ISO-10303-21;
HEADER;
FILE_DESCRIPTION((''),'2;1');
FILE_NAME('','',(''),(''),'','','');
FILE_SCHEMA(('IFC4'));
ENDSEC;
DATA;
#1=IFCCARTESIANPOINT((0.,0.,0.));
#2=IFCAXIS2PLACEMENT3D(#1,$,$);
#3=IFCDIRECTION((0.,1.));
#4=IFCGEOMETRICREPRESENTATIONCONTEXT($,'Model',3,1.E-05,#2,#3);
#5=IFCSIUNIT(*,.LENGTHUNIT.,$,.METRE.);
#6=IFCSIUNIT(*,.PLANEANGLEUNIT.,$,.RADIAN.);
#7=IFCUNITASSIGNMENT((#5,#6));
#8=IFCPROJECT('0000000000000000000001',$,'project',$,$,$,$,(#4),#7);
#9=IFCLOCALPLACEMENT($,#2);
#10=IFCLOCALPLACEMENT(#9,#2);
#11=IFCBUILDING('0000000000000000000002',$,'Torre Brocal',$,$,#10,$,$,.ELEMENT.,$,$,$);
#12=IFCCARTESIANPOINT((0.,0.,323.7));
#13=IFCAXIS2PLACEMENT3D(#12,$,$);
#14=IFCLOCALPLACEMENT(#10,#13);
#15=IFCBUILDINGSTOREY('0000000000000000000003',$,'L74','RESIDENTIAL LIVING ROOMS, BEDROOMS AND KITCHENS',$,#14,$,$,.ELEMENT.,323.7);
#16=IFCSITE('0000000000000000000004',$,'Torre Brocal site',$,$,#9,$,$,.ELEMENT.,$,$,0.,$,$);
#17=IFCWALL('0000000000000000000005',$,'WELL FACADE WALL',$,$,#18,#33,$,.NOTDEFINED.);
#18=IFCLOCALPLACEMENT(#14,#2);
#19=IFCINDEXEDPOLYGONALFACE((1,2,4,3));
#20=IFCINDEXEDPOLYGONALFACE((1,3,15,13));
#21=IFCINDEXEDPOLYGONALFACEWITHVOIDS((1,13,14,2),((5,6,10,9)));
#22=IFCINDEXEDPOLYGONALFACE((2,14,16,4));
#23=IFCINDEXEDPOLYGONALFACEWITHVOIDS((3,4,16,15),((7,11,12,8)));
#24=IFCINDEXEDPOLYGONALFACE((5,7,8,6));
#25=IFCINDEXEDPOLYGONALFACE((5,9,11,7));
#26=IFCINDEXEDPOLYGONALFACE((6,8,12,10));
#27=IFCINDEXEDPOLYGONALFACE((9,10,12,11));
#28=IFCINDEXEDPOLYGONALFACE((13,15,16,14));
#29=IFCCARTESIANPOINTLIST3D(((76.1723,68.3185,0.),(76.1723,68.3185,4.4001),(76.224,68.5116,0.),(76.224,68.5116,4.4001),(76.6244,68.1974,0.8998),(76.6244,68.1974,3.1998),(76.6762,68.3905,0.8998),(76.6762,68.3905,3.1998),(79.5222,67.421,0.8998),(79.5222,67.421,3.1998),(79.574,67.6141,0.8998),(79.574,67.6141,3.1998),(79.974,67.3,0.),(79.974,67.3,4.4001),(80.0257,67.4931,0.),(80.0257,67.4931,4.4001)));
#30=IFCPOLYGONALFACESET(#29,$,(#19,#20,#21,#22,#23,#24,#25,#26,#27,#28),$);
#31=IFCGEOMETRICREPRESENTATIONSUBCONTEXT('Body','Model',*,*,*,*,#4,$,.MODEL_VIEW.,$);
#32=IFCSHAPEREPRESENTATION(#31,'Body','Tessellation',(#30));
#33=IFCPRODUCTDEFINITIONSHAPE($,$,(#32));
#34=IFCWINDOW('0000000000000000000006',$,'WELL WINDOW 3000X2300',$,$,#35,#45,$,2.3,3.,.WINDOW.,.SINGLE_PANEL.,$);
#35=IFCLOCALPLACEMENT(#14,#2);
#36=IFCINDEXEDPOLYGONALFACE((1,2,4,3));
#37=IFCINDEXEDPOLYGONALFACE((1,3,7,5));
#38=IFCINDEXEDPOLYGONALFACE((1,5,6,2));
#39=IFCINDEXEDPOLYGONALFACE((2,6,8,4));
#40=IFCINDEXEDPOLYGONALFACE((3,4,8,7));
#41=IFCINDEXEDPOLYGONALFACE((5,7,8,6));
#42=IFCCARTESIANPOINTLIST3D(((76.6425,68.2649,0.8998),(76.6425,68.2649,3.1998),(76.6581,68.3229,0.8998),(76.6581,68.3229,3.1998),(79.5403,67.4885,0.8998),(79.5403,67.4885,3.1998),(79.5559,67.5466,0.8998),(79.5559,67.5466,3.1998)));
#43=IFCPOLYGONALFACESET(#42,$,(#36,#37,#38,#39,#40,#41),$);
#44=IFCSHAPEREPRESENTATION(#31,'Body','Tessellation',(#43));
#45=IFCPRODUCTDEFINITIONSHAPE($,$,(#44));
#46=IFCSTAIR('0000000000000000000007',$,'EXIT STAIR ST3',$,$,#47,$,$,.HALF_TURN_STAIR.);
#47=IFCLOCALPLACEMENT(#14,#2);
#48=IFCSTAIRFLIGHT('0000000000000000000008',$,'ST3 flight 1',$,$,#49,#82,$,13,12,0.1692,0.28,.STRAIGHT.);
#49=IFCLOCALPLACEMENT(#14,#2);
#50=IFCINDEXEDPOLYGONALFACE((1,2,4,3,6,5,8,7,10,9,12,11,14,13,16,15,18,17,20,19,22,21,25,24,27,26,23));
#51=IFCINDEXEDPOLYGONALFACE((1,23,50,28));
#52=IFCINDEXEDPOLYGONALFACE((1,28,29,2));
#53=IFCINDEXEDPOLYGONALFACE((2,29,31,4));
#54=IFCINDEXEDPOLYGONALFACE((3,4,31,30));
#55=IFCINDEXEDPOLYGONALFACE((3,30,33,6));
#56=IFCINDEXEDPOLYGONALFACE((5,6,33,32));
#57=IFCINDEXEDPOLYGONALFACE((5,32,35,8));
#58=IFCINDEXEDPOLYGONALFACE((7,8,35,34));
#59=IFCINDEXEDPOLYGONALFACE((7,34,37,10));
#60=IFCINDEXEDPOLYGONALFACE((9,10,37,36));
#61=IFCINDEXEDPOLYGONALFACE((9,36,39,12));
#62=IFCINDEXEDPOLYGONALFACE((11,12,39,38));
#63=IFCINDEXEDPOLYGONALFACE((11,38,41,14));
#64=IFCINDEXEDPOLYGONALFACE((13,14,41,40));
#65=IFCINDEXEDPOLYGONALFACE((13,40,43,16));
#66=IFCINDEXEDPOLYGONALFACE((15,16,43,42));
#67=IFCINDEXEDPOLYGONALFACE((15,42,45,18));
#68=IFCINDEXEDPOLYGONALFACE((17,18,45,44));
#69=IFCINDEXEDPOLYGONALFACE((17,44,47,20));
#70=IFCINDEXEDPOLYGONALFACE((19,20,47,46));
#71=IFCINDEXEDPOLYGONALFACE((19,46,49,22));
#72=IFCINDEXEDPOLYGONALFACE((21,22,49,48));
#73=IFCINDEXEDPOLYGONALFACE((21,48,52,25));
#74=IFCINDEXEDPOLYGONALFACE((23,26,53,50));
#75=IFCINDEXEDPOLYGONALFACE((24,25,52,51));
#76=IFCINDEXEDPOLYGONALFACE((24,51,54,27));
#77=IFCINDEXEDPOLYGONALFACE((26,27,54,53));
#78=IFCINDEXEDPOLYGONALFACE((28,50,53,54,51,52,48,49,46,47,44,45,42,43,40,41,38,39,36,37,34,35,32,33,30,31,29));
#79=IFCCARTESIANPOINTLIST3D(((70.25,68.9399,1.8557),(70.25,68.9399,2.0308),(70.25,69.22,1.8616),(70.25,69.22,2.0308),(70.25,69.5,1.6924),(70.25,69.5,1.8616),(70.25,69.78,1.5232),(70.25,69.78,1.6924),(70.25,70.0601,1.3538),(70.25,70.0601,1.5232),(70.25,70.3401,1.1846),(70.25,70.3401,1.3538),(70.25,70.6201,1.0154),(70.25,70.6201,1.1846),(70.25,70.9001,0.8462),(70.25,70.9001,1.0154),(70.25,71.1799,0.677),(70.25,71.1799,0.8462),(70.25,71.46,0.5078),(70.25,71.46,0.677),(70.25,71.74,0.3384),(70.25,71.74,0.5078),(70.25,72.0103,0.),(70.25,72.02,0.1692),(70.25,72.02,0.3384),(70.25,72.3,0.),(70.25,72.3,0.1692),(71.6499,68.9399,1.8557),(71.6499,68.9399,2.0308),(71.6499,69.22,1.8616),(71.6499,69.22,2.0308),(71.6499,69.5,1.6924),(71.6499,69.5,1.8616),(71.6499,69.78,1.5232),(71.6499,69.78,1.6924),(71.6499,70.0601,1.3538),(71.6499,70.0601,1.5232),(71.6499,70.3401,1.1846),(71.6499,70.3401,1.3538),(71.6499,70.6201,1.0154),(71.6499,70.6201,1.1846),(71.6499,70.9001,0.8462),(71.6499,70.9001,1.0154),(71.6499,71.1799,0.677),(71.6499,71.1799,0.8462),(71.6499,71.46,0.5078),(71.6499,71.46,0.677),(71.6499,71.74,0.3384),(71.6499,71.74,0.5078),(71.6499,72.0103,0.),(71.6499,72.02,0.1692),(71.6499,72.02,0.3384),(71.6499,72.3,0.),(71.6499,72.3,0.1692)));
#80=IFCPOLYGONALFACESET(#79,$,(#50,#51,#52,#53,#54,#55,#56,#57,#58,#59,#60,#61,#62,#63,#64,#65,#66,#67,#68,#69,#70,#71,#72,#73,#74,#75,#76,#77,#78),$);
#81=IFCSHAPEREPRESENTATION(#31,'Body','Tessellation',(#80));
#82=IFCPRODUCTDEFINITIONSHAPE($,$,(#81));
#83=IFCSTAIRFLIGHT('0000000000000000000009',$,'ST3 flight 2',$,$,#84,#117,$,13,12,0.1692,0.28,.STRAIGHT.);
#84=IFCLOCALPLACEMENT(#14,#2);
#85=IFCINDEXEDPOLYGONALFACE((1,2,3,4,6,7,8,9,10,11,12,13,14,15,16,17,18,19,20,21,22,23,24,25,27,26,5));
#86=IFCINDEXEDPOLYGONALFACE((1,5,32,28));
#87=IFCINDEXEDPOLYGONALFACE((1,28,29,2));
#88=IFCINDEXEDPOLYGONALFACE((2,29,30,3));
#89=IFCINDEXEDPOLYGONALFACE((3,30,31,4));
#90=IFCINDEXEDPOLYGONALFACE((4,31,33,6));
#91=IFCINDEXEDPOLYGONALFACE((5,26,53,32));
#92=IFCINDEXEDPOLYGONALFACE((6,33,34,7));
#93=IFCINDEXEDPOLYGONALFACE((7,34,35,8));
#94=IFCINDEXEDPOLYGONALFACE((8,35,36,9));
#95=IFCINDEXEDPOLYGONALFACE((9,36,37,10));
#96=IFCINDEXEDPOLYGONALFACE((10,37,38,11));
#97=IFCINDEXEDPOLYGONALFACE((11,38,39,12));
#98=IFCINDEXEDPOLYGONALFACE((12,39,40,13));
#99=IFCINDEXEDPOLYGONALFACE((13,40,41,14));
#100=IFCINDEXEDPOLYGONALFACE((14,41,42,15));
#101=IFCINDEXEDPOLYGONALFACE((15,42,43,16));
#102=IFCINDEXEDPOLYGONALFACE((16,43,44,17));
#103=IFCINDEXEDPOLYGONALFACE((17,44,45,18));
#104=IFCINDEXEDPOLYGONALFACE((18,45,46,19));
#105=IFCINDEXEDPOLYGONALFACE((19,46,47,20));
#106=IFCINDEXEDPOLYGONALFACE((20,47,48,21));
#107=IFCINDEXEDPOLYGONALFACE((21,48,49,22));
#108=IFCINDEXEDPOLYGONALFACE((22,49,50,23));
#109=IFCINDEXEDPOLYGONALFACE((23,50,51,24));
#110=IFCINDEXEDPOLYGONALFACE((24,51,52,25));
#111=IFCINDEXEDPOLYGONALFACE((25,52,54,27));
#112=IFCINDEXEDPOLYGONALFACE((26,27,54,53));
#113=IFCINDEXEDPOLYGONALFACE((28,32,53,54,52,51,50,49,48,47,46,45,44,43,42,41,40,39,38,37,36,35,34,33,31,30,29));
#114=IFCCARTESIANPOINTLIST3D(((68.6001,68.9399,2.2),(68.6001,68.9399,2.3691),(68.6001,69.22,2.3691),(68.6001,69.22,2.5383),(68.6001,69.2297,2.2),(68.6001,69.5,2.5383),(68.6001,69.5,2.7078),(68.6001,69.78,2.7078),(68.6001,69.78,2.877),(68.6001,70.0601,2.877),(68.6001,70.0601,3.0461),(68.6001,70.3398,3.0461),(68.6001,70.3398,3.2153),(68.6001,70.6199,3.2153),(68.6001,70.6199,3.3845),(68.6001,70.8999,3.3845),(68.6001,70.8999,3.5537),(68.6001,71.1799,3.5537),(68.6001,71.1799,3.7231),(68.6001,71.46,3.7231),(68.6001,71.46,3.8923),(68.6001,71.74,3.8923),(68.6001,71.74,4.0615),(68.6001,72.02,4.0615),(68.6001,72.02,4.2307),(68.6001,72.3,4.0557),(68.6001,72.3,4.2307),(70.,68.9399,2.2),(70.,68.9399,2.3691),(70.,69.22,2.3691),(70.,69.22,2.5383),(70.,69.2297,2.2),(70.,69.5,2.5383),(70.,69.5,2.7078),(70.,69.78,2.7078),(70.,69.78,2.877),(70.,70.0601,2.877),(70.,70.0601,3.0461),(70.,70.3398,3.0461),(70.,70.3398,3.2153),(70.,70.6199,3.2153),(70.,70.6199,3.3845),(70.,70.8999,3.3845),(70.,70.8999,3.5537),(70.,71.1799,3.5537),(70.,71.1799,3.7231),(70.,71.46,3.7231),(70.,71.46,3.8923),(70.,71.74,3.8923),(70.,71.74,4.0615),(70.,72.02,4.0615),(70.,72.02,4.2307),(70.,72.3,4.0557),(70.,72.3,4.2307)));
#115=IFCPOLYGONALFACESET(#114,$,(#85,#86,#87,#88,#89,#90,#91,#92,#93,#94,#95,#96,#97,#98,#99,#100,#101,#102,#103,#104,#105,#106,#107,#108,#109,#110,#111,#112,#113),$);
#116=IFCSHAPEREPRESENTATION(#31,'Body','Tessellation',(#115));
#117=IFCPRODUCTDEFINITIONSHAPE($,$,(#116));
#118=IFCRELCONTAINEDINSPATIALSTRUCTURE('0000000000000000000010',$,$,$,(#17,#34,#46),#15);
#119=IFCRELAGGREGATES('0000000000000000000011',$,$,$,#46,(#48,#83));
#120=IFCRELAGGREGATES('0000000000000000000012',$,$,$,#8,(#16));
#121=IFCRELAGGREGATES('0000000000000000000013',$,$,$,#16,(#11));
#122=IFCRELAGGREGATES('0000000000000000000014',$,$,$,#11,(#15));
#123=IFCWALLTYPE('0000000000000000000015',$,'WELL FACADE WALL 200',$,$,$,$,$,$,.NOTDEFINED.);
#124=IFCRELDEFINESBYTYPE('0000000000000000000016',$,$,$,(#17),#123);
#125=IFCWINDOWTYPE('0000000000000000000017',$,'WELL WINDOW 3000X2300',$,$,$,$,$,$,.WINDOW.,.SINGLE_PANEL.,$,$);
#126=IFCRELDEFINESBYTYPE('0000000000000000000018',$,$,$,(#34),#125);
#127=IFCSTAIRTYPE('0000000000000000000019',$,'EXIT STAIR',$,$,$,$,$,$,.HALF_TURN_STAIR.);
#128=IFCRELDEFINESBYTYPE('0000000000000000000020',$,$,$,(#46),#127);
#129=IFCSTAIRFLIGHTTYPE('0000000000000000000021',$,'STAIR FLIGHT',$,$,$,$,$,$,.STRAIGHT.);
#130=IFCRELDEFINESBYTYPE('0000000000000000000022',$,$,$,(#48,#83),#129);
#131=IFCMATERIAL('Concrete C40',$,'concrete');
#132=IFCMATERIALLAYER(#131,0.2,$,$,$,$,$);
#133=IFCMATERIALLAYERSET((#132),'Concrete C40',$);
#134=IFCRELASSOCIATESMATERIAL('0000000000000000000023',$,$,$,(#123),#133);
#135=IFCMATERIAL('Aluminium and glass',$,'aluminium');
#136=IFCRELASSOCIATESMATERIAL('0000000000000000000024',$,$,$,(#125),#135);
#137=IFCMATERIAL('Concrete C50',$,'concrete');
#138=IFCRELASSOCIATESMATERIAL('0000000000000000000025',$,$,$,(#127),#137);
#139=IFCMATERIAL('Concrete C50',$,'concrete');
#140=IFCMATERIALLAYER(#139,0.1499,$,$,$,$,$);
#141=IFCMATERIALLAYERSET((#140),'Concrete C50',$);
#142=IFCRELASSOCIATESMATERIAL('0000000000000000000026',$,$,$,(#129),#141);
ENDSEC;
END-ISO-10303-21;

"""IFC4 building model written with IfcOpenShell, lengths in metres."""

from ifc_helpers import new_model, si_unit, direction, frame, frame_2d, origin, place, context, subcontext, project, spatial, polyline, rectangle, outline, extrude, material, layer, layer_set, type_object, element, fill, aggregate, save


model = new_model("IFC4")

# Units and contexts
model_context = context("Model", 3, precision=1e-05, world=origin(), true_north=direction((0.0, 1.0)))
body_context = subcontext(model_context, "Body", "Model", "MODEL_VIEW")
ifc_project = project(units=[si_unit("LENGTHUNIT", "METRE"), si_unit("PLANEANGLEUNIT", "RADIAN")], contexts=[model_context])

# Site, building, storey
site_placement = place(None, origin())
site = spatial("IfcSite", under=ifc_project, at=site_placement, Name="Torre Brocal site", CompositionType="ELEMENT", RefElevation=0.0)
building_placement = place(site_placement, origin())
building = spatial("IfcBuilding", under=site, at=building_placement, Name="Torre Brocal", CompositionType="ELEMENT")
storey_placement = place(building_placement, frame((0.0, 0.0, 323.7)))
storey = spatial("IfcBuildingStorey", under=building, at=storey_placement, Name="L74", Description="RESIDENTIAL LIVING ROOMS, BEDROOMS AND KITCHENS", CompositionType="ELEMENT", Elevation=323.7)

# Wall, opening, window
ifc_material_1 = material(Name="Concrete C40", Category="concrete")
ifc_layer_1 = layer(ifc_material_1, 0.2)
ifc_layer_set_1 = layer_set([ifc_layer_1], Name="Concrete C40")
wall_type_1 = type_object("IfcWallType", Name="WELL FACADE WALL 200", PredefinedType="NOTDEFINED", material=ifc_layer_set_1)
ifc_material_2 = material(Name="Aluminium and glass", Category="aluminium")
window_type = type_object("IfcWindowType", Name="WELL WINDOW 3000X2300", PartitioningType="SINGLE_PANEL", PredefinedType="WINDOW", material=ifc_material_2)
wall_1_placement = place(storey_placement, frame((76.1982, 68.415, 0.0), z_axis=(0.0, 0.0, 1.0), x_axis=(0.965934, -0.25879, 0.0)))
wall_1 = element("IfcWall", 1, at=wall_1_placement, inside=storey, type_object=wall_type_1, Name="WELL FACADE WALL", PredefinedType="NOTDEFINED", context=body_context, shape_type="SweptSolid", body=[
    extrude(rectangle(XDim=3.9358, YDim=0.2, at=frame_2d((1.9678, 0.0))), origin(), (0.0, 0.0, 1.0), 4.4001),
])
opening_1_placement = place(wall_1_placement, frame((0.468, 0.0, 0.8999)))
opening_1 = element("IfcOpeningElement", 2, at=opening_1_placement, cuts=wall_1, PredefinedType="OPENING", context=body_context, shape_type="SweptSolid", body=[
    extrude(rectangle(XDim=3.0, YDim=2.3, at=frame_2d((1.5, 1.1499))), frame((0.0, 0.1099, 0.0), z_axis=(0.0, -1.0, 0.0), x_axis=(1.0, 0.0, 0.0)), (0.0, 0.0, 1.0), 0.22),
])
window_1_placement = place(opening_1_placement, origin())
window_1 = element("IfcWindow", 3, at=window_1_placement, inside=storey, type_object=window_type, Name="WELL WINDOW 3000X2300", OverallHeight=2.3, OverallWidth=3.0, PartitioningType="SINGLE_PANEL", PredefinedType="WINDOW", context=body_context, shape_type="SweptSolid", body=[
    extrude(rectangle(XDim=3.0, YDim=2.3, at=frame_2d((1.5, 1.1499))), frame((0.0, 0.03, 0.0), z_axis=(0.0, -1.0, 0.0), x_axis=(1.0, 0.0, 0.0)), (0.0, 0.0, 1.0), 0.0601),
])
fill(opening_1, window_1)

# Stair, stair flights
ifc_material_3 = material(Name="Concrete C50", Category="concrete")
stair_type = type_object("IfcStairType", Name="EXIT STAIR", PredefinedType="HALF_TURN_STAIR", material=ifc_material_3)
stair_placement = place(storey_placement, origin())
stair = element("IfcStair", 4, at=stair_placement, inside=storey, type_object=stair_type, Name="EXIT STAIR ST3", PredefinedType="HALF_TURN_STAIR")
ifc_material_4 = material(Name="Concrete C50", Category="concrete")
ifc_layer_2 = layer(ifc_material_4, 0.1499)
ifc_layer_set_2 = layer_set([ifc_layer_2], Name="Concrete C50")
stair_flight_type = type_object("IfcStairFlightType", Name="STAIR FLIGHT", PredefinedType="STRAIGHT", material=ifc_layer_set_2)
stair_flight_1_placement = place(storey_placement, frame((70.95, 72.3, 0.0), z_axis=(0.0, 0.0, 1.0), x_axis=(0.0, -1.0, 0.0)))
stair_flight_1 = element("IfcStairFlight", 5, at=stair_flight_1_placement, type_object=stair_flight_type, Name="ST3 flight 1", NumberOfRisers=13, NumberOfTreads=12, PredefinedType="STRAIGHT", RiserHeight=0.1692, TreadLength=0.28, context=body_context, shape_type="SweptSolid", body=[
    extrude(outline(polyline([(0.0, 0.0), (0.0, 0.1692), (0.28, 0.1692), (0.28, 0.3384), (0.5601, 0.3384), (0.5601, 0.5078), (0.8401, 0.5078), (0.8401, 0.677), (1.1201, 0.677), (1.1201, 0.8462), (1.3999, 0.8462), (1.3999, 1.0154), (1.6799, 1.0154), (1.6799, 1.1846), (1.96, 1.1846), (1.96, 1.3538), (2.24, 1.3538), (2.24, 1.5232), (2.52, 1.5232), (2.52, 1.6924), (2.8, 1.6924), (2.8, 1.8616), (3.0801, 1.8616), (3.0801, 2.0308), (3.3601, 2.0308), (3.3601, 2.2), (3.3601, 1.8557), (0.2898, 0.0), (0.0, 0.0)])), frame((0.0, 0.7, 0.0), z_axis=(0.0, -1.0, 0.0), x_axis=(1.0, 0.0, 0.0)), (0.0, 0.0, 1.0), 1.3999),
])
stair_flight_2_placement = place(storey_placement, frame((69.3, 68.9399, 2.2), z_axis=(0.0, 0.0, 1.0), x_axis=(0.0, 1.0, 0.0)))
stair_flight_2 = element("IfcStairFlight", 6, at=stair_flight_2_placement, type_object=stair_flight_type, Name="ST3 flight 2", NumberOfRisers=13, NumberOfTreads=12, PredefinedType="STRAIGHT", RiserHeight=0.1692, TreadLength=0.28, context=body_context, shape_type="SweptSolid", body=[
    extrude(outline(polyline([(0.0, 0.0), (0.0, 0.1692), (0.28, 0.1692), (0.28, 0.3384), (0.5601, 0.3384), (0.5601, 0.5078), (0.8401, 0.5078), (0.8401, 0.677), (1.1201, 0.677), (1.1201, 0.8462), (1.3999, 0.8462), (1.3999, 1.0154), (1.6799, 1.0154), (1.6799, 1.1846), (1.96, 1.1846), (1.96, 1.3538), (2.24, 1.3538), (2.24, 1.5232), (2.52, 1.5232), (2.52, 1.6924), (2.8, 1.6924), (2.8, 1.8616), (3.0801, 1.8616), (3.0801, 2.0308), (3.3601, 2.0308), (3.3601, 2.2), (3.3601, 1.8557), (0.2898, 0.0), (0.0, 0.0)])), frame((0.0, 0.7, 0.0), z_axis=(0.0, -1.0, 0.0), x_axis=(1.0, 0.0, 0.0)), (0.0, 0.0, 1.0), 1.3999),
])
aggregate(stair, [stair_flight_1, stair_flight_2])

save(model, "model.ifc")
